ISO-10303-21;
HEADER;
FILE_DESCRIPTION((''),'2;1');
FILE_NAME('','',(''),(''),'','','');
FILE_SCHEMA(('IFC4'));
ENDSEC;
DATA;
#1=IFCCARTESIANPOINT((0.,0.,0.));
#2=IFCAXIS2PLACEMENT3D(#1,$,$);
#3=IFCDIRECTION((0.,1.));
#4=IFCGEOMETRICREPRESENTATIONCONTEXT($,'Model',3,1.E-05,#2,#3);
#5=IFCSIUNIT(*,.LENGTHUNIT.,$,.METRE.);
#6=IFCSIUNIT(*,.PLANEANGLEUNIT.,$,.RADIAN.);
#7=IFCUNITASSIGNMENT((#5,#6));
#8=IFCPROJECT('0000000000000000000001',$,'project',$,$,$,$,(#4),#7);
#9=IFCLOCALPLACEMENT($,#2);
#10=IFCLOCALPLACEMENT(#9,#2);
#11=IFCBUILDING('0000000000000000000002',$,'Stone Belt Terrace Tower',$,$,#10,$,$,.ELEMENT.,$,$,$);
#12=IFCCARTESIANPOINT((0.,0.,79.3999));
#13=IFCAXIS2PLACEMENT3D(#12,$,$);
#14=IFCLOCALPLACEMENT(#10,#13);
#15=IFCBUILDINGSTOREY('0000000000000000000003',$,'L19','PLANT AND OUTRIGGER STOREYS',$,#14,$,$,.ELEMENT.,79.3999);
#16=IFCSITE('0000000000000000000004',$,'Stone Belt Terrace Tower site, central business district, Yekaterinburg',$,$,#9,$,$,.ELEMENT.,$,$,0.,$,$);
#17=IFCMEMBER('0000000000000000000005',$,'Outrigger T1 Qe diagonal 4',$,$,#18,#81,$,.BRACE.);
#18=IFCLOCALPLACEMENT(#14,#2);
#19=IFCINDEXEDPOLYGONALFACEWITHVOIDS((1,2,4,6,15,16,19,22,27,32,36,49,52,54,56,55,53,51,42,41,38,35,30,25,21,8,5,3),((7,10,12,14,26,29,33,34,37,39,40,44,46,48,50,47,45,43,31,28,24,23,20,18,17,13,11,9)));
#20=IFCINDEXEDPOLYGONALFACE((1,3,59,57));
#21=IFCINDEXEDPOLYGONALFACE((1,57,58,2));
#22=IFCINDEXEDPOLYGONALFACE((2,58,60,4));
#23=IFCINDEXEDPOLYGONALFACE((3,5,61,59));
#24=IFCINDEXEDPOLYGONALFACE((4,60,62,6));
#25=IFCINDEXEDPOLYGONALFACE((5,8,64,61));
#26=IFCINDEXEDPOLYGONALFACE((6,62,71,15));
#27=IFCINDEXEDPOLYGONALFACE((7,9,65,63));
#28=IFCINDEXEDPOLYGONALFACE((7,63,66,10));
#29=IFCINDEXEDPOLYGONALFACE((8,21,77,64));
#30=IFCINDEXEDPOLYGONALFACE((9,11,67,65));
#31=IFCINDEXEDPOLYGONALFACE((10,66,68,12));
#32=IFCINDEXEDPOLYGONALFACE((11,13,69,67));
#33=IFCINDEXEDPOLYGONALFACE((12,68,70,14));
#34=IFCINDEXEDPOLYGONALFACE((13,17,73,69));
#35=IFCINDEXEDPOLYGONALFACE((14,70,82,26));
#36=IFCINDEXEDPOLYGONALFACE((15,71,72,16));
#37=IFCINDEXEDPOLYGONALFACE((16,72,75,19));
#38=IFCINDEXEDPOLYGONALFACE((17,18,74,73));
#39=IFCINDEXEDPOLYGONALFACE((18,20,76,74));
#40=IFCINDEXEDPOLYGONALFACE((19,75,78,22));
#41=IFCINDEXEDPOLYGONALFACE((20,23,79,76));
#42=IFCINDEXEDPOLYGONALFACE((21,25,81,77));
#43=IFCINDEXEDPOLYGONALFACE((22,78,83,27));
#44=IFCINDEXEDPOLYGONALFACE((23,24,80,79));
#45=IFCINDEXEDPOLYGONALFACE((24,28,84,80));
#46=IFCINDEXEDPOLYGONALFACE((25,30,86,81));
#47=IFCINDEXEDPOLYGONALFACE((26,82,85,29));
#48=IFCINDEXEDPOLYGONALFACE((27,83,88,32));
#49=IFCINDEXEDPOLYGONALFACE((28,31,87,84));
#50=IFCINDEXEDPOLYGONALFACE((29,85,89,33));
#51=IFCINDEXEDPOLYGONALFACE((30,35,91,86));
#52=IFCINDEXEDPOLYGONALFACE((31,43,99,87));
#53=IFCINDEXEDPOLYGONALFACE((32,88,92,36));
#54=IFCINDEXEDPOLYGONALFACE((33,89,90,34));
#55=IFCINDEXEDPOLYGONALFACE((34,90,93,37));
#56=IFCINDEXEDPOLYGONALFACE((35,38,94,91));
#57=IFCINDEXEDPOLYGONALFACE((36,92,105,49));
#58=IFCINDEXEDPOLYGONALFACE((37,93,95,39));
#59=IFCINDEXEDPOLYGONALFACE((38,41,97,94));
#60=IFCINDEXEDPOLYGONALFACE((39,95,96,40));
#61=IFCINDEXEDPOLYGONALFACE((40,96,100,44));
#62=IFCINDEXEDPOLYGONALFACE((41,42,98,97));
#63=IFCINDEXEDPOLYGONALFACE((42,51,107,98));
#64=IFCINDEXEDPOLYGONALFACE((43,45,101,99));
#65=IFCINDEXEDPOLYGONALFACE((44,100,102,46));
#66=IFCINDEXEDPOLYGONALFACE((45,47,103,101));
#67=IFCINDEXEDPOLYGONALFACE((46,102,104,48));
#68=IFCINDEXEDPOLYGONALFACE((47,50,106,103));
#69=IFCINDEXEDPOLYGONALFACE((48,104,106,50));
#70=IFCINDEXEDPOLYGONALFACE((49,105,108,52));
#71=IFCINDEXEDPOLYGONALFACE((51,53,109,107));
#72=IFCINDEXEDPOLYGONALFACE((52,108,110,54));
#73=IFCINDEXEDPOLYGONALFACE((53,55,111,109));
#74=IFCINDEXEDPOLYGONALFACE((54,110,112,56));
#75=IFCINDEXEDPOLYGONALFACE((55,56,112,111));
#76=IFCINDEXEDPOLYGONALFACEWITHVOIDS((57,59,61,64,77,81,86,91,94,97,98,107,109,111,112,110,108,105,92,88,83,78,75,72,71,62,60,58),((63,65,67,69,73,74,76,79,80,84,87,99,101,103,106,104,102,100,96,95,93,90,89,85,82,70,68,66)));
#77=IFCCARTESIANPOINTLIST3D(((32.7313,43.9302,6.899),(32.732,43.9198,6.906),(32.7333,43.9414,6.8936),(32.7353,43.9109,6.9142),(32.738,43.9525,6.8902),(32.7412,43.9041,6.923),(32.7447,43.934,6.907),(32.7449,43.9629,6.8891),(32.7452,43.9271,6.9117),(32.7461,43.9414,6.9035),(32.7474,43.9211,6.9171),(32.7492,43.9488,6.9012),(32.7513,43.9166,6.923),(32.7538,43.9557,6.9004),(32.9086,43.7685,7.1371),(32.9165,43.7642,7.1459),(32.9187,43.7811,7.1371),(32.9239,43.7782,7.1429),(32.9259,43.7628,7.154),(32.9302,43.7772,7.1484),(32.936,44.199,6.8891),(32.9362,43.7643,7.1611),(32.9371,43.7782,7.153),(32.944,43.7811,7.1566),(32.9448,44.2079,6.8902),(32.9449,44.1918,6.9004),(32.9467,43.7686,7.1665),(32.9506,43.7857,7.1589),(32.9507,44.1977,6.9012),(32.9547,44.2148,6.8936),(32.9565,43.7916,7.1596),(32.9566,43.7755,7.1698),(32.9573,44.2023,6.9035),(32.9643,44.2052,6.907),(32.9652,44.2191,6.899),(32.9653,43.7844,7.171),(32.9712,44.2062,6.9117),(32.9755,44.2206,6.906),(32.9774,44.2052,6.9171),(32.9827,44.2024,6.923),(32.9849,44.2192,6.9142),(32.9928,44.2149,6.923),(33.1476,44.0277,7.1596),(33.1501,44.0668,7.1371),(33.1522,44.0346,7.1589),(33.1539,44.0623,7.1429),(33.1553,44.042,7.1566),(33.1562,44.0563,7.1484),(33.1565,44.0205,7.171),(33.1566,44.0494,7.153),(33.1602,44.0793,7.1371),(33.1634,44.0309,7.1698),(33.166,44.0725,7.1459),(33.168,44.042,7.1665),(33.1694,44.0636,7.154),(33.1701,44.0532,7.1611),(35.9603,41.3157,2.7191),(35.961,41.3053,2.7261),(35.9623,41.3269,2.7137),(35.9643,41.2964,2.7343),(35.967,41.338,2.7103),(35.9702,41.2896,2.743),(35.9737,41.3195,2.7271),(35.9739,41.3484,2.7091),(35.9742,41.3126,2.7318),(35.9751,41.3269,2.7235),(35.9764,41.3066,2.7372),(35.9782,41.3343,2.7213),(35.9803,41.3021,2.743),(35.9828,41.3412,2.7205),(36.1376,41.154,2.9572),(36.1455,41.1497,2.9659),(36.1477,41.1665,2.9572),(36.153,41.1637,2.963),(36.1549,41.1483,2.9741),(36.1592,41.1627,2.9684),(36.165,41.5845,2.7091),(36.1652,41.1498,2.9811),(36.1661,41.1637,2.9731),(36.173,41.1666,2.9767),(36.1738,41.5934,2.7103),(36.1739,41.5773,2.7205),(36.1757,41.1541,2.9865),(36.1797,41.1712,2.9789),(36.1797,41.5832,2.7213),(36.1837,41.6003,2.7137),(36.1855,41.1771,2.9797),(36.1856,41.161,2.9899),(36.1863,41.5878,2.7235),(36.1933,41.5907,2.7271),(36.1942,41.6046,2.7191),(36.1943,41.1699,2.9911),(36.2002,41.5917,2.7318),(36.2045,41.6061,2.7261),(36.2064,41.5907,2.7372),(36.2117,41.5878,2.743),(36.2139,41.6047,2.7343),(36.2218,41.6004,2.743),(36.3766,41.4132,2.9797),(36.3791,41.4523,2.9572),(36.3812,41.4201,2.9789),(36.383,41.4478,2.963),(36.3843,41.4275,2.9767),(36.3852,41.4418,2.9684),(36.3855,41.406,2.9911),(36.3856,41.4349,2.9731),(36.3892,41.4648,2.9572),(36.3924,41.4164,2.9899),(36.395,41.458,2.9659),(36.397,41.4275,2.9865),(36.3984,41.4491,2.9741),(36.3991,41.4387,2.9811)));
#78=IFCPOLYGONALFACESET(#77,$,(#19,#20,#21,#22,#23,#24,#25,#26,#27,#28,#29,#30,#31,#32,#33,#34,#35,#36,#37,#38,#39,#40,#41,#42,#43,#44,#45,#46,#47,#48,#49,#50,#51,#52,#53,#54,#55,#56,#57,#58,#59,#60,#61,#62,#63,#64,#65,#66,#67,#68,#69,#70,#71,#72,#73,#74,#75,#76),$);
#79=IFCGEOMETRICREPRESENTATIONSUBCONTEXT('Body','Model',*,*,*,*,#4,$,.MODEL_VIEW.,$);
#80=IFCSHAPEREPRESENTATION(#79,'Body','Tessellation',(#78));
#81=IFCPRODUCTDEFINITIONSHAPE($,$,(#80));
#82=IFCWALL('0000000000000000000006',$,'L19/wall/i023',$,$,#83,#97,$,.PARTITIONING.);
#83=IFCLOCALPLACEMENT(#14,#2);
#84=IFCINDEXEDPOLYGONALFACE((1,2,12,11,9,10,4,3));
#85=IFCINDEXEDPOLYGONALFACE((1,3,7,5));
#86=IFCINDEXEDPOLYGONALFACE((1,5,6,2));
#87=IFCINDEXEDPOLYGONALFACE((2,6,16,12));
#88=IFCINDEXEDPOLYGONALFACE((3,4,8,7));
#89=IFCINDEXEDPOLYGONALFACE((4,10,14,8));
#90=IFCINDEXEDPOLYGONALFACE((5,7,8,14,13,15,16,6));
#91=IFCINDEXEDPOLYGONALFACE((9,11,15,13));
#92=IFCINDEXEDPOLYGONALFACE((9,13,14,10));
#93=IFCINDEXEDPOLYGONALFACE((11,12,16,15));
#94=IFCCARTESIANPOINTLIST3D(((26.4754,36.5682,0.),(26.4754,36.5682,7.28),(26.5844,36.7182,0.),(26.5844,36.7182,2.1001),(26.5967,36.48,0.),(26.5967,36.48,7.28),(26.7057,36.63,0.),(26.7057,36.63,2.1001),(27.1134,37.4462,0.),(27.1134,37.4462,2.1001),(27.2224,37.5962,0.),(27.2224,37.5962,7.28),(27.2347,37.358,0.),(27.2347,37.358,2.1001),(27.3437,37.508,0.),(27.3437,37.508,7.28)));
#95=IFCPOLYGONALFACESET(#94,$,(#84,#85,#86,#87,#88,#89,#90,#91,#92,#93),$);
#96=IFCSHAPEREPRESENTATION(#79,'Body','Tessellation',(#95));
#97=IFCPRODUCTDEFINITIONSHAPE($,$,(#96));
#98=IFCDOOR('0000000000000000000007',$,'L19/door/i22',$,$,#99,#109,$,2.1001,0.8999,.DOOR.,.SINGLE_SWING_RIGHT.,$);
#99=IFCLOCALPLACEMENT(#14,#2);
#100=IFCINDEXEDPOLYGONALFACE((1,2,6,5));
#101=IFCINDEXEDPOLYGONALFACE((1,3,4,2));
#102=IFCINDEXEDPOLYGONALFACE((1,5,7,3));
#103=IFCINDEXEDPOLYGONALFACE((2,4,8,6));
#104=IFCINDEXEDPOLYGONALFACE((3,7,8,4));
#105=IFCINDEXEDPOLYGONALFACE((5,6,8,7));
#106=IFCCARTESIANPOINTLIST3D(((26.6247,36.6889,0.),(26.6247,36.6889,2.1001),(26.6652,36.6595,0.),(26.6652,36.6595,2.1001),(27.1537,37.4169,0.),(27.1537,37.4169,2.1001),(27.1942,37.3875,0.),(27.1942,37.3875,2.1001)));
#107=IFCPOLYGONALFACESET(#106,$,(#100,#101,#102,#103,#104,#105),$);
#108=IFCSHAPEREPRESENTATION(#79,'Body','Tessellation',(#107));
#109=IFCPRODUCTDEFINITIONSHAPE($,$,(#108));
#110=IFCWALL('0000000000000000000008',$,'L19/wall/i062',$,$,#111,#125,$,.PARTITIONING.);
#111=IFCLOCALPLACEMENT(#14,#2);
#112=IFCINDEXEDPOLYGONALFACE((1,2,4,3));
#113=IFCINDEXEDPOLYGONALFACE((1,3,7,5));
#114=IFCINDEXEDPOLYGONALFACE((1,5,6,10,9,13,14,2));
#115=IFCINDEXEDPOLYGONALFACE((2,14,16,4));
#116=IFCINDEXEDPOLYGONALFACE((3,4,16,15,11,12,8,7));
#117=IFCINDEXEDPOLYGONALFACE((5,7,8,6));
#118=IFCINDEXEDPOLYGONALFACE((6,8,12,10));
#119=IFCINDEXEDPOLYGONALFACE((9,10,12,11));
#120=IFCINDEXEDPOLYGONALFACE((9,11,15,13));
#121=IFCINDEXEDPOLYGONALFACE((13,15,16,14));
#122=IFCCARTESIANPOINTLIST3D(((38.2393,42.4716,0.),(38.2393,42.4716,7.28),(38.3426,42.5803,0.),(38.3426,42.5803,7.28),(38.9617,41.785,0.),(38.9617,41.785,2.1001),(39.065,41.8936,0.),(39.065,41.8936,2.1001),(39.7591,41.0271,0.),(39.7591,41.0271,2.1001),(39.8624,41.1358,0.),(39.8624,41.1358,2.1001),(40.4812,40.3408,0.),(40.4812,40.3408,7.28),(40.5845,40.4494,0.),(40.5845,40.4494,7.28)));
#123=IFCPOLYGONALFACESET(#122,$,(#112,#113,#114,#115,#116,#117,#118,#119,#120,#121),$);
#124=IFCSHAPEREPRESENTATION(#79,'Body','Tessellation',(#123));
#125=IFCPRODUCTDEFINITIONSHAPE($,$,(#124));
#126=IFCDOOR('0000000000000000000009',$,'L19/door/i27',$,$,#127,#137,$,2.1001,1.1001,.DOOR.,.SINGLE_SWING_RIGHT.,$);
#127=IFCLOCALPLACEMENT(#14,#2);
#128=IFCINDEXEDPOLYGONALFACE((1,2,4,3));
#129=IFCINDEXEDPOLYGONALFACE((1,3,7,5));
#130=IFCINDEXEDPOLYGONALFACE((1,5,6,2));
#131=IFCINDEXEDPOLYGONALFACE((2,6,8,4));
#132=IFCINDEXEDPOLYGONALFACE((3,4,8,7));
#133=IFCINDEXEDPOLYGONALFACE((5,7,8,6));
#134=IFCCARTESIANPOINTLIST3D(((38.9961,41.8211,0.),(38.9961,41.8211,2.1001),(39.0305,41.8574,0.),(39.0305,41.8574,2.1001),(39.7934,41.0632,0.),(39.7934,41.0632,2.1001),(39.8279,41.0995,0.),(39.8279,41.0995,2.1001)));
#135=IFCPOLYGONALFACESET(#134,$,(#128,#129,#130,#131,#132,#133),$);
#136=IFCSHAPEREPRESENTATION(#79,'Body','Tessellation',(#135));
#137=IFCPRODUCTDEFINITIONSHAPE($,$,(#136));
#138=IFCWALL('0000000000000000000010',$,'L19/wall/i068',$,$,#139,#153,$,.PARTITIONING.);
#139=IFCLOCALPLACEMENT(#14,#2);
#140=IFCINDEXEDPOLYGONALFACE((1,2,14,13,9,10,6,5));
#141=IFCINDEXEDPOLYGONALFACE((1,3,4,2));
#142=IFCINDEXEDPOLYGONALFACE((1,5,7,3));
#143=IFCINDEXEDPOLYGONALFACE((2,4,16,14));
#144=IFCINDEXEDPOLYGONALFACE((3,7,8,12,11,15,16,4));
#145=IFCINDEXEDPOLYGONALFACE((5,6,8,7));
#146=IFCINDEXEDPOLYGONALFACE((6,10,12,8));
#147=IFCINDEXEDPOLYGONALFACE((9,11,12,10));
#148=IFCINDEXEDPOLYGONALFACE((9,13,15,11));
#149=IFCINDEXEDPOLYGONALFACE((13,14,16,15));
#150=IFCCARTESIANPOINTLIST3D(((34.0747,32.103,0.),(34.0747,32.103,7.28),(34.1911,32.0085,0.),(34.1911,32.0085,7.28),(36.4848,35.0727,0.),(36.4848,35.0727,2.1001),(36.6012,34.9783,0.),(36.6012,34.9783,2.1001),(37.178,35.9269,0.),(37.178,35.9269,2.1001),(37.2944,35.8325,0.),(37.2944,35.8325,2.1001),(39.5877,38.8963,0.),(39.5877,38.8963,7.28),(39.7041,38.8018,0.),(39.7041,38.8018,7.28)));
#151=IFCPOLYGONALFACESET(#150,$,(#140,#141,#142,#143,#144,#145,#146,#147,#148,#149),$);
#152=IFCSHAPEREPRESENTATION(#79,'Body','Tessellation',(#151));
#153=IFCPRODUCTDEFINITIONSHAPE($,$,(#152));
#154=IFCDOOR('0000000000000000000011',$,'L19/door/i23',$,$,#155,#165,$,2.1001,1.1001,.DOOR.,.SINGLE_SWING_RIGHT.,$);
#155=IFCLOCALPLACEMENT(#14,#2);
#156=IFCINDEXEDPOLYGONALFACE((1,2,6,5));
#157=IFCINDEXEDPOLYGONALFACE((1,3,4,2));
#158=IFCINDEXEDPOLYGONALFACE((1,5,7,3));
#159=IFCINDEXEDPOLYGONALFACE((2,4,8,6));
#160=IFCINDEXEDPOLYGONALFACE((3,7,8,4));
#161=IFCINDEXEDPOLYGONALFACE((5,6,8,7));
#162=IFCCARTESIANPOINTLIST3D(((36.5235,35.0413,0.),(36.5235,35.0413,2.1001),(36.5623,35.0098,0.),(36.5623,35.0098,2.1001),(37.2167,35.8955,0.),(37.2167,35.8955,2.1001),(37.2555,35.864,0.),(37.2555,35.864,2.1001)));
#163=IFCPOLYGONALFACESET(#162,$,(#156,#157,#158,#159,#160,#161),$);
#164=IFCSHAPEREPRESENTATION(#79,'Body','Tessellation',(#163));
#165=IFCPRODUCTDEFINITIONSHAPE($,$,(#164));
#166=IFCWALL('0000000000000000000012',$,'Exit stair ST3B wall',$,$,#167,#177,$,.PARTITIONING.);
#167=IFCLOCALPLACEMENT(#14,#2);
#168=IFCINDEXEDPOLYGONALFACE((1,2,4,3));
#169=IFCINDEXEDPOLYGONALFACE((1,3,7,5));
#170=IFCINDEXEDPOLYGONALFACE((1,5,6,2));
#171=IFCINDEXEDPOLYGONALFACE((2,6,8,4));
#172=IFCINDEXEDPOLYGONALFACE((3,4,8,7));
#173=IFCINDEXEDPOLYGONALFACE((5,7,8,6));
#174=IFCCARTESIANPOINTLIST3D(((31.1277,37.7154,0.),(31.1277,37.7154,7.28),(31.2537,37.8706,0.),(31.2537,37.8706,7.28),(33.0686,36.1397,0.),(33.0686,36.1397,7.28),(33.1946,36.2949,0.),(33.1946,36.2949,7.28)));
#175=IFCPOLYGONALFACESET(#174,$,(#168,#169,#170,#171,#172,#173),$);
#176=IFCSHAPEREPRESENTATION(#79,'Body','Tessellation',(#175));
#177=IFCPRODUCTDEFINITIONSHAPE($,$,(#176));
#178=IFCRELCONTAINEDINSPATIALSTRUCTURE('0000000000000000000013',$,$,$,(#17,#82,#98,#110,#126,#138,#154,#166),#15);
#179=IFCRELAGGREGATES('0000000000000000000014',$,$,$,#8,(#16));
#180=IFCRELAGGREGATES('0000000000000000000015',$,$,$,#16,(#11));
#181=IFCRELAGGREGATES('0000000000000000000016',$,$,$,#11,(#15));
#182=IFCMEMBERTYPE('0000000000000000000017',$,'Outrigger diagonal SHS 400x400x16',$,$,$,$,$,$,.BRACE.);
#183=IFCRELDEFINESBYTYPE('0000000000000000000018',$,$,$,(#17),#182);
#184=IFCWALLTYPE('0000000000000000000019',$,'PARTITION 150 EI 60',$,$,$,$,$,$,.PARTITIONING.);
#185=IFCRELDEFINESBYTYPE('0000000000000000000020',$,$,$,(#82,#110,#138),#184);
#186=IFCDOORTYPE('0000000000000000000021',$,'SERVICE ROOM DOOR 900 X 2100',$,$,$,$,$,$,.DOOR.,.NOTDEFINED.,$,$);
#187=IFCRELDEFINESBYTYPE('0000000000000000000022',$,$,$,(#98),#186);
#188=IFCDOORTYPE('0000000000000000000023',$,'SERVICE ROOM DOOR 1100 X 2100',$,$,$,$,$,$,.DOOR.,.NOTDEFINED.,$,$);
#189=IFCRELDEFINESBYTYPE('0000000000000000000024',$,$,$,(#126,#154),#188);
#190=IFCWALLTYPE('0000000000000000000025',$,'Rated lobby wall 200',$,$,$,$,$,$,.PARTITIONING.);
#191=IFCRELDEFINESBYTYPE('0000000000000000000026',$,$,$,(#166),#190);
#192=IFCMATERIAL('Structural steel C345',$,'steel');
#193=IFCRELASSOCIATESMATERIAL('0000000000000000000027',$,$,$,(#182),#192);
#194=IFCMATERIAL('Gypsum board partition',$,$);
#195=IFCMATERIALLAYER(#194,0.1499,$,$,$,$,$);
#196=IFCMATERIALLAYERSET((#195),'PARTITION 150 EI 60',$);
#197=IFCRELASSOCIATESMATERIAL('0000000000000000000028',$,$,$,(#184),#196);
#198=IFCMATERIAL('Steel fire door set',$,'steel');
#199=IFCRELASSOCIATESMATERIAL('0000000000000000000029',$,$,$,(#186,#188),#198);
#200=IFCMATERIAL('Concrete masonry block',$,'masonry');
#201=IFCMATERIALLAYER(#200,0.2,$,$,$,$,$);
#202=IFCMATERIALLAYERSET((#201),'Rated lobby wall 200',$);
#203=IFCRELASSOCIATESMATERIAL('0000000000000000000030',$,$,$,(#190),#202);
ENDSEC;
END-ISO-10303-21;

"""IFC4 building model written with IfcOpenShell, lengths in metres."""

from ifc_helpers import new_model, si_unit, direction, frame, frame_2d, origin, origin_2d, place, context, subcontext, project, spatial, rectangle, hollow_rectangle, extrude, material, layer, layer_set, material_profile, profile_set, type_object, element, fill, save


model = new_model("IFC4")

# Units and contexts
model_context = context("Model", 3, precision=1e-05, world=origin(), true_north=direction((0.0, 1.0)))
body_context = subcontext(model_context, "Body", "Model", "MODEL_VIEW")
ifc_project = project(units=[si_unit("LENGTHUNIT", "METRE"), si_unit("PLANEANGLEUNIT", "RADIAN")], contexts=[model_context])

# Site, building, storey
site_placement = place(None, origin())
site = spatial("IfcSite", under=ifc_project, at=site_placement, Name="Stone Belt Terrace Tower site, central business district, Yekaterinburg", CompositionType="ELEMENT", RefElevation=0.0)
building_placement = place(site_placement, origin())
building = spatial("IfcBuilding", under=site, at=building_placement, Name="Stone Belt Terrace Tower", CompositionType="ELEMENT")
storey_placement = place(building_placement, frame((0.0, 0.0, 79.3999)))
storey = spatial("IfcBuildingStorey", under=building, at=storey_placement, Name="L19", Description="PLANT AND OUTRIGGER STOREYS", CompositionType="ELEMENT", Elevation=79.3999)

# Member
ifc_material_1 = material(Name="Structural steel C345", Category="steel")
ifc_material_profile_1 = material_profile(ifc_material_1, hollow_rectangle(XDim=0.3999, YDim=0.3999, WallThickness=0.0161, InnerFilletRadius=0.032, OuterFilletRadius=0.0481, at=origin_2d()), Name="SHS 400x400x16")
ifc_profile_set_1 = profile_set([ifc_material_profile_1], Name="Structural steel C345")
member_type_1 = type_object("IfcMemberType", Name="Outrigger diagonal SHS 400x400x16", PredefinedType="BRACE", material=ifc_profile_set_1)
member_placement = place(storey_placement, frame((36.1797, 41.3772, 2.8501), z_axis=(-0.547888, 0.443621, 0.709239), x_axis=(-0.629278, -0.777181, 0.0)))
element("IfcMember", 1, at=member_placement, inside=storey, type_object=member_type_1, Name="Outrigger T1 Qe diagonal 4", PredefinedType="BRACE", context=body_context, shape_type="SweptSolid", body=[
    extrude(hollow_rectangle(XDim=0.3999, YDim=0.3999, WallThickness=0.0161, InnerFilletRadius=0.032, OuterFilletRadius=0.0481, at=origin_2d()), origin(), (0.0, 0.0, 1.0), 5.8936),
])

# Walls, openings, doors
ifc_material_2 = material(Name="Gypsum board partition")
ifc_layer_1 = layer(ifc_material_2, 0.1499)
ifc_layer_set_1 = layer_set([ifc_layer_1], Name="PARTITION 150 EI 60")
wall_type_1 = type_object("IfcWallType", Name="PARTITION 150 EI 60", PredefinedType="PARTITIONING", material=ifc_layer_set_1)
wall_1_placement = place(storey_placement, frame((27.283, 37.552, 0.0), z_axis=(0.0, 0.0, 1.0), x_axis=(-0.587852, -0.808969, 0.0)))
wall_1 = element("IfcWall", 2, at=wall_1_placement, inside=storey, type_object=wall_type_1, Name="L19/wall/i023", PredefinedType="PARTITIONING", context=body_context, shape_type="SweptSolid", body=[
    extrude(rectangle(XDim=1.2708, YDim=0.1499, at=frame_2d((0.6353, 0.0))), origin(), (0.0, 0.0, 1.0), 7.28),
])
opening_1_placement = place(wall_1_placement, frame((0.1853, 0.0, 0.0)))
opening_1 = element("IfcOpeningElement", 3, at=opening_1_placement, cuts=wall_1, PredefinedType="OPENING", context=body_context, shape_type="SweptSolid", body=[
    extrude(rectangle(XDim=0.8999, YDim=2.1001, at=frame_2d((0.45, 1.05))), frame((0.0, 0.085, 0.0), z_axis=(0.0, -1.0, 0.0), x_axis=(1.0, 0.0, 0.0)), (0.0, 0.0, 1.0), 0.1699),
])
ifc_material_3 = material(Name="Steel fire door set", Category="steel")
door_type_1 = type_object("IfcDoorType", Name="SERVICE ROOM DOOR 900 X 2100", OperationType="NOTDEFINED", PredefinedType="DOOR", material=ifc_material_3)
door_1_placement = place(opening_1_placement, origin())
door_1 = element("IfcDoor", 4, at=door_1_placement, inside=storey, type_object=door_type_1, Name="L19/door/i22", OperationType="SINGLE_SWING_RIGHT", OverallHeight=2.1001, OverallWidth=0.8999, PredefinedType="DOOR", context=body_context, shape_type="SweptSolid", body=[
    extrude(rectangle(XDim=0.8999, YDim=2.1001, at=frame_2d((0.45, 1.05))), frame((0.0, 0.0249, 0.0), z_axis=(0.0, -1.0, 0.0), x_axis=(1.0, 0.0, 0.0)), (0.0, 0.0, 1.0), 0.05),
])
fill(opening_1, door_1)
wall_2_placement = place(storey_placement, frame((38.291, 42.5259, 0.0), z_axis=(0.0, 0.0, 1.0), x_axis=(0.724836, -0.688922, 0.0)))
wall_2 = element("IfcWall", 5, at=wall_2_placement, inside=storey, type_object=wall_type_1, Name="L19/wall/i062", PredefinedType="PARTITIONING", context=body_context, shape_type="SweptSolid", body=[
    extrude(rectangle(XDim=3.093, YDim=0.1499, at=frame_2d((1.5464, 0.0))), origin(), (0.0, 0.0, 1.0), 7.28),
])
opening_2_placement = place(wall_2_placement, frame((0.9966, 0.0, 0.0)))
opening_2 = element("IfcOpeningElement", 6, at=opening_2_placement, cuts=wall_2, PredefinedType="OPENING", context=body_context, shape_type="SweptSolid", body=[
    extrude(rectangle(XDim=1.1001, YDim=2.1001, at=frame_2d((0.55, 1.05))), frame((0.0, 0.085, 0.0), z_axis=(0.0, -1.0, 0.0), x_axis=(1.0, 0.0, 0.0)), (0.0, 0.0, 1.0), 0.1699),
])
door_type_2 = type_object("IfcDoorType", Name="SERVICE ROOM DOOR 1100 X 2100", OperationType="NOTDEFINED", PredefinedType="DOOR", material=ifc_material_3)
door_2_placement = place(opening_2_placement, origin())
door_2 = element("IfcDoor", 7, at=door_2_placement, inside=storey, type_object=door_type_2, Name="L19/door/i27", OperationType="SINGLE_SWING_RIGHT", OverallHeight=2.1001, OverallWidth=1.1001, PredefinedType="DOOR", context=body_context, shape_type="SweptSolid", body=[
    extrude(rectangle(XDim=1.1001, YDim=2.1001, at=frame_2d((0.55, 1.05))), frame((0.0, 0.0249, 0.0), z_axis=(0.0, -1.0, 0.0), x_axis=(1.0, 0.0, 0.0)), (0.0, 0.0, 1.0), 0.05),
])
fill(opening_2, door_2)
wall_3_placement = place(storey_placement, frame((39.646, 38.8491, 0.0), z_axis=(0.0, 0.0, 1.0), x_axis=(-0.630142, -0.77648, 0.0)))
wall_3 = element("IfcWall", 8, at=wall_3_placement, inside=storey, type_object=wall_type_1, Name="L19/wall/i068", PredefinedType="PARTITIONING", context=body_context, shape_type="SweptSolid", body=[
    extrude(rectangle(XDim=8.7488, YDim=0.1499, at=frame_2d((4.3745, 0.0))), origin(), (0.0, 0.0, 1.0), 7.28),
])
opening_3_placement = place(wall_3_placement, frame((3.8242, 0.0, 0.0)))
opening_3 = element("IfcOpeningElement", 9, at=opening_3_placement, cuts=wall_3, PredefinedType="OPENING", context=body_context, shape_type="SweptSolid", body=[
    extrude(rectangle(XDim=1.1001, YDim=2.1001, at=frame_2d((0.55, 1.05))), frame((0.0, 0.085, 0.0), z_axis=(0.0, -1.0, 0.0), x_axis=(1.0, 0.0, 0.0)), (0.0, 0.0, 1.0), 0.1699),
])
door_3_placement = place(opening_3_placement, origin())
door_3 = element("IfcDoor", 10, at=door_3_placement, inside=storey, type_object=door_type_2, Name="L19/door/i23", OperationType="SINGLE_SWING_RIGHT", OverallHeight=2.1001, OverallWidth=1.1001, PredefinedType="DOOR", context=body_context, shape_type="SweptSolid", body=[
    extrude(rectangle(XDim=1.1001, YDim=2.1001, at=frame_2d((0.55, 1.05))), frame((0.0, 0.0249, 0.0), z_axis=(0.0, -1.0, 0.0), x_axis=(1.0, 0.0, 0.0)), (0.0, 0.0, 1.0), 0.05),
])
fill(opening_3, door_3)

# Wall
ifc_material_4 = material(Name="Concrete masonry block", Category="masonry")
ifc_layer_2 = layer(ifc_material_4, 0.2)
ifc_layer_set_2 = layer_set([ifc_layer_2], Name="Rated lobby wall 200")
wall_type_2 = type_object("IfcWallType", Name="Rated lobby wall 200", PredefinedType="PARTITIONING", material=ifc_layer_set_2)
wall_4_placement = place(storey_placement, frame((31.1907, 37.793, 0.0), z_axis=(0.0, 0.0, 1.0), x_axis=(0.776371, -0.630276, 0.0)))
element("IfcWall", 11, at=wall_4_placement, inside=storey, type_object=wall_type_2, Name="Exit stair ST3B wall", PredefinedType="PARTITIONING", context=body_context, shape_type="SweptSolid", body=[
    extrude(rectangle(XDim=2.5, YDim=0.2, at=frame_2d((1.25, 0.0))), origin(), (0.0, 0.0, 1.0), 7.28),
])

save(model, "model.ifc")
